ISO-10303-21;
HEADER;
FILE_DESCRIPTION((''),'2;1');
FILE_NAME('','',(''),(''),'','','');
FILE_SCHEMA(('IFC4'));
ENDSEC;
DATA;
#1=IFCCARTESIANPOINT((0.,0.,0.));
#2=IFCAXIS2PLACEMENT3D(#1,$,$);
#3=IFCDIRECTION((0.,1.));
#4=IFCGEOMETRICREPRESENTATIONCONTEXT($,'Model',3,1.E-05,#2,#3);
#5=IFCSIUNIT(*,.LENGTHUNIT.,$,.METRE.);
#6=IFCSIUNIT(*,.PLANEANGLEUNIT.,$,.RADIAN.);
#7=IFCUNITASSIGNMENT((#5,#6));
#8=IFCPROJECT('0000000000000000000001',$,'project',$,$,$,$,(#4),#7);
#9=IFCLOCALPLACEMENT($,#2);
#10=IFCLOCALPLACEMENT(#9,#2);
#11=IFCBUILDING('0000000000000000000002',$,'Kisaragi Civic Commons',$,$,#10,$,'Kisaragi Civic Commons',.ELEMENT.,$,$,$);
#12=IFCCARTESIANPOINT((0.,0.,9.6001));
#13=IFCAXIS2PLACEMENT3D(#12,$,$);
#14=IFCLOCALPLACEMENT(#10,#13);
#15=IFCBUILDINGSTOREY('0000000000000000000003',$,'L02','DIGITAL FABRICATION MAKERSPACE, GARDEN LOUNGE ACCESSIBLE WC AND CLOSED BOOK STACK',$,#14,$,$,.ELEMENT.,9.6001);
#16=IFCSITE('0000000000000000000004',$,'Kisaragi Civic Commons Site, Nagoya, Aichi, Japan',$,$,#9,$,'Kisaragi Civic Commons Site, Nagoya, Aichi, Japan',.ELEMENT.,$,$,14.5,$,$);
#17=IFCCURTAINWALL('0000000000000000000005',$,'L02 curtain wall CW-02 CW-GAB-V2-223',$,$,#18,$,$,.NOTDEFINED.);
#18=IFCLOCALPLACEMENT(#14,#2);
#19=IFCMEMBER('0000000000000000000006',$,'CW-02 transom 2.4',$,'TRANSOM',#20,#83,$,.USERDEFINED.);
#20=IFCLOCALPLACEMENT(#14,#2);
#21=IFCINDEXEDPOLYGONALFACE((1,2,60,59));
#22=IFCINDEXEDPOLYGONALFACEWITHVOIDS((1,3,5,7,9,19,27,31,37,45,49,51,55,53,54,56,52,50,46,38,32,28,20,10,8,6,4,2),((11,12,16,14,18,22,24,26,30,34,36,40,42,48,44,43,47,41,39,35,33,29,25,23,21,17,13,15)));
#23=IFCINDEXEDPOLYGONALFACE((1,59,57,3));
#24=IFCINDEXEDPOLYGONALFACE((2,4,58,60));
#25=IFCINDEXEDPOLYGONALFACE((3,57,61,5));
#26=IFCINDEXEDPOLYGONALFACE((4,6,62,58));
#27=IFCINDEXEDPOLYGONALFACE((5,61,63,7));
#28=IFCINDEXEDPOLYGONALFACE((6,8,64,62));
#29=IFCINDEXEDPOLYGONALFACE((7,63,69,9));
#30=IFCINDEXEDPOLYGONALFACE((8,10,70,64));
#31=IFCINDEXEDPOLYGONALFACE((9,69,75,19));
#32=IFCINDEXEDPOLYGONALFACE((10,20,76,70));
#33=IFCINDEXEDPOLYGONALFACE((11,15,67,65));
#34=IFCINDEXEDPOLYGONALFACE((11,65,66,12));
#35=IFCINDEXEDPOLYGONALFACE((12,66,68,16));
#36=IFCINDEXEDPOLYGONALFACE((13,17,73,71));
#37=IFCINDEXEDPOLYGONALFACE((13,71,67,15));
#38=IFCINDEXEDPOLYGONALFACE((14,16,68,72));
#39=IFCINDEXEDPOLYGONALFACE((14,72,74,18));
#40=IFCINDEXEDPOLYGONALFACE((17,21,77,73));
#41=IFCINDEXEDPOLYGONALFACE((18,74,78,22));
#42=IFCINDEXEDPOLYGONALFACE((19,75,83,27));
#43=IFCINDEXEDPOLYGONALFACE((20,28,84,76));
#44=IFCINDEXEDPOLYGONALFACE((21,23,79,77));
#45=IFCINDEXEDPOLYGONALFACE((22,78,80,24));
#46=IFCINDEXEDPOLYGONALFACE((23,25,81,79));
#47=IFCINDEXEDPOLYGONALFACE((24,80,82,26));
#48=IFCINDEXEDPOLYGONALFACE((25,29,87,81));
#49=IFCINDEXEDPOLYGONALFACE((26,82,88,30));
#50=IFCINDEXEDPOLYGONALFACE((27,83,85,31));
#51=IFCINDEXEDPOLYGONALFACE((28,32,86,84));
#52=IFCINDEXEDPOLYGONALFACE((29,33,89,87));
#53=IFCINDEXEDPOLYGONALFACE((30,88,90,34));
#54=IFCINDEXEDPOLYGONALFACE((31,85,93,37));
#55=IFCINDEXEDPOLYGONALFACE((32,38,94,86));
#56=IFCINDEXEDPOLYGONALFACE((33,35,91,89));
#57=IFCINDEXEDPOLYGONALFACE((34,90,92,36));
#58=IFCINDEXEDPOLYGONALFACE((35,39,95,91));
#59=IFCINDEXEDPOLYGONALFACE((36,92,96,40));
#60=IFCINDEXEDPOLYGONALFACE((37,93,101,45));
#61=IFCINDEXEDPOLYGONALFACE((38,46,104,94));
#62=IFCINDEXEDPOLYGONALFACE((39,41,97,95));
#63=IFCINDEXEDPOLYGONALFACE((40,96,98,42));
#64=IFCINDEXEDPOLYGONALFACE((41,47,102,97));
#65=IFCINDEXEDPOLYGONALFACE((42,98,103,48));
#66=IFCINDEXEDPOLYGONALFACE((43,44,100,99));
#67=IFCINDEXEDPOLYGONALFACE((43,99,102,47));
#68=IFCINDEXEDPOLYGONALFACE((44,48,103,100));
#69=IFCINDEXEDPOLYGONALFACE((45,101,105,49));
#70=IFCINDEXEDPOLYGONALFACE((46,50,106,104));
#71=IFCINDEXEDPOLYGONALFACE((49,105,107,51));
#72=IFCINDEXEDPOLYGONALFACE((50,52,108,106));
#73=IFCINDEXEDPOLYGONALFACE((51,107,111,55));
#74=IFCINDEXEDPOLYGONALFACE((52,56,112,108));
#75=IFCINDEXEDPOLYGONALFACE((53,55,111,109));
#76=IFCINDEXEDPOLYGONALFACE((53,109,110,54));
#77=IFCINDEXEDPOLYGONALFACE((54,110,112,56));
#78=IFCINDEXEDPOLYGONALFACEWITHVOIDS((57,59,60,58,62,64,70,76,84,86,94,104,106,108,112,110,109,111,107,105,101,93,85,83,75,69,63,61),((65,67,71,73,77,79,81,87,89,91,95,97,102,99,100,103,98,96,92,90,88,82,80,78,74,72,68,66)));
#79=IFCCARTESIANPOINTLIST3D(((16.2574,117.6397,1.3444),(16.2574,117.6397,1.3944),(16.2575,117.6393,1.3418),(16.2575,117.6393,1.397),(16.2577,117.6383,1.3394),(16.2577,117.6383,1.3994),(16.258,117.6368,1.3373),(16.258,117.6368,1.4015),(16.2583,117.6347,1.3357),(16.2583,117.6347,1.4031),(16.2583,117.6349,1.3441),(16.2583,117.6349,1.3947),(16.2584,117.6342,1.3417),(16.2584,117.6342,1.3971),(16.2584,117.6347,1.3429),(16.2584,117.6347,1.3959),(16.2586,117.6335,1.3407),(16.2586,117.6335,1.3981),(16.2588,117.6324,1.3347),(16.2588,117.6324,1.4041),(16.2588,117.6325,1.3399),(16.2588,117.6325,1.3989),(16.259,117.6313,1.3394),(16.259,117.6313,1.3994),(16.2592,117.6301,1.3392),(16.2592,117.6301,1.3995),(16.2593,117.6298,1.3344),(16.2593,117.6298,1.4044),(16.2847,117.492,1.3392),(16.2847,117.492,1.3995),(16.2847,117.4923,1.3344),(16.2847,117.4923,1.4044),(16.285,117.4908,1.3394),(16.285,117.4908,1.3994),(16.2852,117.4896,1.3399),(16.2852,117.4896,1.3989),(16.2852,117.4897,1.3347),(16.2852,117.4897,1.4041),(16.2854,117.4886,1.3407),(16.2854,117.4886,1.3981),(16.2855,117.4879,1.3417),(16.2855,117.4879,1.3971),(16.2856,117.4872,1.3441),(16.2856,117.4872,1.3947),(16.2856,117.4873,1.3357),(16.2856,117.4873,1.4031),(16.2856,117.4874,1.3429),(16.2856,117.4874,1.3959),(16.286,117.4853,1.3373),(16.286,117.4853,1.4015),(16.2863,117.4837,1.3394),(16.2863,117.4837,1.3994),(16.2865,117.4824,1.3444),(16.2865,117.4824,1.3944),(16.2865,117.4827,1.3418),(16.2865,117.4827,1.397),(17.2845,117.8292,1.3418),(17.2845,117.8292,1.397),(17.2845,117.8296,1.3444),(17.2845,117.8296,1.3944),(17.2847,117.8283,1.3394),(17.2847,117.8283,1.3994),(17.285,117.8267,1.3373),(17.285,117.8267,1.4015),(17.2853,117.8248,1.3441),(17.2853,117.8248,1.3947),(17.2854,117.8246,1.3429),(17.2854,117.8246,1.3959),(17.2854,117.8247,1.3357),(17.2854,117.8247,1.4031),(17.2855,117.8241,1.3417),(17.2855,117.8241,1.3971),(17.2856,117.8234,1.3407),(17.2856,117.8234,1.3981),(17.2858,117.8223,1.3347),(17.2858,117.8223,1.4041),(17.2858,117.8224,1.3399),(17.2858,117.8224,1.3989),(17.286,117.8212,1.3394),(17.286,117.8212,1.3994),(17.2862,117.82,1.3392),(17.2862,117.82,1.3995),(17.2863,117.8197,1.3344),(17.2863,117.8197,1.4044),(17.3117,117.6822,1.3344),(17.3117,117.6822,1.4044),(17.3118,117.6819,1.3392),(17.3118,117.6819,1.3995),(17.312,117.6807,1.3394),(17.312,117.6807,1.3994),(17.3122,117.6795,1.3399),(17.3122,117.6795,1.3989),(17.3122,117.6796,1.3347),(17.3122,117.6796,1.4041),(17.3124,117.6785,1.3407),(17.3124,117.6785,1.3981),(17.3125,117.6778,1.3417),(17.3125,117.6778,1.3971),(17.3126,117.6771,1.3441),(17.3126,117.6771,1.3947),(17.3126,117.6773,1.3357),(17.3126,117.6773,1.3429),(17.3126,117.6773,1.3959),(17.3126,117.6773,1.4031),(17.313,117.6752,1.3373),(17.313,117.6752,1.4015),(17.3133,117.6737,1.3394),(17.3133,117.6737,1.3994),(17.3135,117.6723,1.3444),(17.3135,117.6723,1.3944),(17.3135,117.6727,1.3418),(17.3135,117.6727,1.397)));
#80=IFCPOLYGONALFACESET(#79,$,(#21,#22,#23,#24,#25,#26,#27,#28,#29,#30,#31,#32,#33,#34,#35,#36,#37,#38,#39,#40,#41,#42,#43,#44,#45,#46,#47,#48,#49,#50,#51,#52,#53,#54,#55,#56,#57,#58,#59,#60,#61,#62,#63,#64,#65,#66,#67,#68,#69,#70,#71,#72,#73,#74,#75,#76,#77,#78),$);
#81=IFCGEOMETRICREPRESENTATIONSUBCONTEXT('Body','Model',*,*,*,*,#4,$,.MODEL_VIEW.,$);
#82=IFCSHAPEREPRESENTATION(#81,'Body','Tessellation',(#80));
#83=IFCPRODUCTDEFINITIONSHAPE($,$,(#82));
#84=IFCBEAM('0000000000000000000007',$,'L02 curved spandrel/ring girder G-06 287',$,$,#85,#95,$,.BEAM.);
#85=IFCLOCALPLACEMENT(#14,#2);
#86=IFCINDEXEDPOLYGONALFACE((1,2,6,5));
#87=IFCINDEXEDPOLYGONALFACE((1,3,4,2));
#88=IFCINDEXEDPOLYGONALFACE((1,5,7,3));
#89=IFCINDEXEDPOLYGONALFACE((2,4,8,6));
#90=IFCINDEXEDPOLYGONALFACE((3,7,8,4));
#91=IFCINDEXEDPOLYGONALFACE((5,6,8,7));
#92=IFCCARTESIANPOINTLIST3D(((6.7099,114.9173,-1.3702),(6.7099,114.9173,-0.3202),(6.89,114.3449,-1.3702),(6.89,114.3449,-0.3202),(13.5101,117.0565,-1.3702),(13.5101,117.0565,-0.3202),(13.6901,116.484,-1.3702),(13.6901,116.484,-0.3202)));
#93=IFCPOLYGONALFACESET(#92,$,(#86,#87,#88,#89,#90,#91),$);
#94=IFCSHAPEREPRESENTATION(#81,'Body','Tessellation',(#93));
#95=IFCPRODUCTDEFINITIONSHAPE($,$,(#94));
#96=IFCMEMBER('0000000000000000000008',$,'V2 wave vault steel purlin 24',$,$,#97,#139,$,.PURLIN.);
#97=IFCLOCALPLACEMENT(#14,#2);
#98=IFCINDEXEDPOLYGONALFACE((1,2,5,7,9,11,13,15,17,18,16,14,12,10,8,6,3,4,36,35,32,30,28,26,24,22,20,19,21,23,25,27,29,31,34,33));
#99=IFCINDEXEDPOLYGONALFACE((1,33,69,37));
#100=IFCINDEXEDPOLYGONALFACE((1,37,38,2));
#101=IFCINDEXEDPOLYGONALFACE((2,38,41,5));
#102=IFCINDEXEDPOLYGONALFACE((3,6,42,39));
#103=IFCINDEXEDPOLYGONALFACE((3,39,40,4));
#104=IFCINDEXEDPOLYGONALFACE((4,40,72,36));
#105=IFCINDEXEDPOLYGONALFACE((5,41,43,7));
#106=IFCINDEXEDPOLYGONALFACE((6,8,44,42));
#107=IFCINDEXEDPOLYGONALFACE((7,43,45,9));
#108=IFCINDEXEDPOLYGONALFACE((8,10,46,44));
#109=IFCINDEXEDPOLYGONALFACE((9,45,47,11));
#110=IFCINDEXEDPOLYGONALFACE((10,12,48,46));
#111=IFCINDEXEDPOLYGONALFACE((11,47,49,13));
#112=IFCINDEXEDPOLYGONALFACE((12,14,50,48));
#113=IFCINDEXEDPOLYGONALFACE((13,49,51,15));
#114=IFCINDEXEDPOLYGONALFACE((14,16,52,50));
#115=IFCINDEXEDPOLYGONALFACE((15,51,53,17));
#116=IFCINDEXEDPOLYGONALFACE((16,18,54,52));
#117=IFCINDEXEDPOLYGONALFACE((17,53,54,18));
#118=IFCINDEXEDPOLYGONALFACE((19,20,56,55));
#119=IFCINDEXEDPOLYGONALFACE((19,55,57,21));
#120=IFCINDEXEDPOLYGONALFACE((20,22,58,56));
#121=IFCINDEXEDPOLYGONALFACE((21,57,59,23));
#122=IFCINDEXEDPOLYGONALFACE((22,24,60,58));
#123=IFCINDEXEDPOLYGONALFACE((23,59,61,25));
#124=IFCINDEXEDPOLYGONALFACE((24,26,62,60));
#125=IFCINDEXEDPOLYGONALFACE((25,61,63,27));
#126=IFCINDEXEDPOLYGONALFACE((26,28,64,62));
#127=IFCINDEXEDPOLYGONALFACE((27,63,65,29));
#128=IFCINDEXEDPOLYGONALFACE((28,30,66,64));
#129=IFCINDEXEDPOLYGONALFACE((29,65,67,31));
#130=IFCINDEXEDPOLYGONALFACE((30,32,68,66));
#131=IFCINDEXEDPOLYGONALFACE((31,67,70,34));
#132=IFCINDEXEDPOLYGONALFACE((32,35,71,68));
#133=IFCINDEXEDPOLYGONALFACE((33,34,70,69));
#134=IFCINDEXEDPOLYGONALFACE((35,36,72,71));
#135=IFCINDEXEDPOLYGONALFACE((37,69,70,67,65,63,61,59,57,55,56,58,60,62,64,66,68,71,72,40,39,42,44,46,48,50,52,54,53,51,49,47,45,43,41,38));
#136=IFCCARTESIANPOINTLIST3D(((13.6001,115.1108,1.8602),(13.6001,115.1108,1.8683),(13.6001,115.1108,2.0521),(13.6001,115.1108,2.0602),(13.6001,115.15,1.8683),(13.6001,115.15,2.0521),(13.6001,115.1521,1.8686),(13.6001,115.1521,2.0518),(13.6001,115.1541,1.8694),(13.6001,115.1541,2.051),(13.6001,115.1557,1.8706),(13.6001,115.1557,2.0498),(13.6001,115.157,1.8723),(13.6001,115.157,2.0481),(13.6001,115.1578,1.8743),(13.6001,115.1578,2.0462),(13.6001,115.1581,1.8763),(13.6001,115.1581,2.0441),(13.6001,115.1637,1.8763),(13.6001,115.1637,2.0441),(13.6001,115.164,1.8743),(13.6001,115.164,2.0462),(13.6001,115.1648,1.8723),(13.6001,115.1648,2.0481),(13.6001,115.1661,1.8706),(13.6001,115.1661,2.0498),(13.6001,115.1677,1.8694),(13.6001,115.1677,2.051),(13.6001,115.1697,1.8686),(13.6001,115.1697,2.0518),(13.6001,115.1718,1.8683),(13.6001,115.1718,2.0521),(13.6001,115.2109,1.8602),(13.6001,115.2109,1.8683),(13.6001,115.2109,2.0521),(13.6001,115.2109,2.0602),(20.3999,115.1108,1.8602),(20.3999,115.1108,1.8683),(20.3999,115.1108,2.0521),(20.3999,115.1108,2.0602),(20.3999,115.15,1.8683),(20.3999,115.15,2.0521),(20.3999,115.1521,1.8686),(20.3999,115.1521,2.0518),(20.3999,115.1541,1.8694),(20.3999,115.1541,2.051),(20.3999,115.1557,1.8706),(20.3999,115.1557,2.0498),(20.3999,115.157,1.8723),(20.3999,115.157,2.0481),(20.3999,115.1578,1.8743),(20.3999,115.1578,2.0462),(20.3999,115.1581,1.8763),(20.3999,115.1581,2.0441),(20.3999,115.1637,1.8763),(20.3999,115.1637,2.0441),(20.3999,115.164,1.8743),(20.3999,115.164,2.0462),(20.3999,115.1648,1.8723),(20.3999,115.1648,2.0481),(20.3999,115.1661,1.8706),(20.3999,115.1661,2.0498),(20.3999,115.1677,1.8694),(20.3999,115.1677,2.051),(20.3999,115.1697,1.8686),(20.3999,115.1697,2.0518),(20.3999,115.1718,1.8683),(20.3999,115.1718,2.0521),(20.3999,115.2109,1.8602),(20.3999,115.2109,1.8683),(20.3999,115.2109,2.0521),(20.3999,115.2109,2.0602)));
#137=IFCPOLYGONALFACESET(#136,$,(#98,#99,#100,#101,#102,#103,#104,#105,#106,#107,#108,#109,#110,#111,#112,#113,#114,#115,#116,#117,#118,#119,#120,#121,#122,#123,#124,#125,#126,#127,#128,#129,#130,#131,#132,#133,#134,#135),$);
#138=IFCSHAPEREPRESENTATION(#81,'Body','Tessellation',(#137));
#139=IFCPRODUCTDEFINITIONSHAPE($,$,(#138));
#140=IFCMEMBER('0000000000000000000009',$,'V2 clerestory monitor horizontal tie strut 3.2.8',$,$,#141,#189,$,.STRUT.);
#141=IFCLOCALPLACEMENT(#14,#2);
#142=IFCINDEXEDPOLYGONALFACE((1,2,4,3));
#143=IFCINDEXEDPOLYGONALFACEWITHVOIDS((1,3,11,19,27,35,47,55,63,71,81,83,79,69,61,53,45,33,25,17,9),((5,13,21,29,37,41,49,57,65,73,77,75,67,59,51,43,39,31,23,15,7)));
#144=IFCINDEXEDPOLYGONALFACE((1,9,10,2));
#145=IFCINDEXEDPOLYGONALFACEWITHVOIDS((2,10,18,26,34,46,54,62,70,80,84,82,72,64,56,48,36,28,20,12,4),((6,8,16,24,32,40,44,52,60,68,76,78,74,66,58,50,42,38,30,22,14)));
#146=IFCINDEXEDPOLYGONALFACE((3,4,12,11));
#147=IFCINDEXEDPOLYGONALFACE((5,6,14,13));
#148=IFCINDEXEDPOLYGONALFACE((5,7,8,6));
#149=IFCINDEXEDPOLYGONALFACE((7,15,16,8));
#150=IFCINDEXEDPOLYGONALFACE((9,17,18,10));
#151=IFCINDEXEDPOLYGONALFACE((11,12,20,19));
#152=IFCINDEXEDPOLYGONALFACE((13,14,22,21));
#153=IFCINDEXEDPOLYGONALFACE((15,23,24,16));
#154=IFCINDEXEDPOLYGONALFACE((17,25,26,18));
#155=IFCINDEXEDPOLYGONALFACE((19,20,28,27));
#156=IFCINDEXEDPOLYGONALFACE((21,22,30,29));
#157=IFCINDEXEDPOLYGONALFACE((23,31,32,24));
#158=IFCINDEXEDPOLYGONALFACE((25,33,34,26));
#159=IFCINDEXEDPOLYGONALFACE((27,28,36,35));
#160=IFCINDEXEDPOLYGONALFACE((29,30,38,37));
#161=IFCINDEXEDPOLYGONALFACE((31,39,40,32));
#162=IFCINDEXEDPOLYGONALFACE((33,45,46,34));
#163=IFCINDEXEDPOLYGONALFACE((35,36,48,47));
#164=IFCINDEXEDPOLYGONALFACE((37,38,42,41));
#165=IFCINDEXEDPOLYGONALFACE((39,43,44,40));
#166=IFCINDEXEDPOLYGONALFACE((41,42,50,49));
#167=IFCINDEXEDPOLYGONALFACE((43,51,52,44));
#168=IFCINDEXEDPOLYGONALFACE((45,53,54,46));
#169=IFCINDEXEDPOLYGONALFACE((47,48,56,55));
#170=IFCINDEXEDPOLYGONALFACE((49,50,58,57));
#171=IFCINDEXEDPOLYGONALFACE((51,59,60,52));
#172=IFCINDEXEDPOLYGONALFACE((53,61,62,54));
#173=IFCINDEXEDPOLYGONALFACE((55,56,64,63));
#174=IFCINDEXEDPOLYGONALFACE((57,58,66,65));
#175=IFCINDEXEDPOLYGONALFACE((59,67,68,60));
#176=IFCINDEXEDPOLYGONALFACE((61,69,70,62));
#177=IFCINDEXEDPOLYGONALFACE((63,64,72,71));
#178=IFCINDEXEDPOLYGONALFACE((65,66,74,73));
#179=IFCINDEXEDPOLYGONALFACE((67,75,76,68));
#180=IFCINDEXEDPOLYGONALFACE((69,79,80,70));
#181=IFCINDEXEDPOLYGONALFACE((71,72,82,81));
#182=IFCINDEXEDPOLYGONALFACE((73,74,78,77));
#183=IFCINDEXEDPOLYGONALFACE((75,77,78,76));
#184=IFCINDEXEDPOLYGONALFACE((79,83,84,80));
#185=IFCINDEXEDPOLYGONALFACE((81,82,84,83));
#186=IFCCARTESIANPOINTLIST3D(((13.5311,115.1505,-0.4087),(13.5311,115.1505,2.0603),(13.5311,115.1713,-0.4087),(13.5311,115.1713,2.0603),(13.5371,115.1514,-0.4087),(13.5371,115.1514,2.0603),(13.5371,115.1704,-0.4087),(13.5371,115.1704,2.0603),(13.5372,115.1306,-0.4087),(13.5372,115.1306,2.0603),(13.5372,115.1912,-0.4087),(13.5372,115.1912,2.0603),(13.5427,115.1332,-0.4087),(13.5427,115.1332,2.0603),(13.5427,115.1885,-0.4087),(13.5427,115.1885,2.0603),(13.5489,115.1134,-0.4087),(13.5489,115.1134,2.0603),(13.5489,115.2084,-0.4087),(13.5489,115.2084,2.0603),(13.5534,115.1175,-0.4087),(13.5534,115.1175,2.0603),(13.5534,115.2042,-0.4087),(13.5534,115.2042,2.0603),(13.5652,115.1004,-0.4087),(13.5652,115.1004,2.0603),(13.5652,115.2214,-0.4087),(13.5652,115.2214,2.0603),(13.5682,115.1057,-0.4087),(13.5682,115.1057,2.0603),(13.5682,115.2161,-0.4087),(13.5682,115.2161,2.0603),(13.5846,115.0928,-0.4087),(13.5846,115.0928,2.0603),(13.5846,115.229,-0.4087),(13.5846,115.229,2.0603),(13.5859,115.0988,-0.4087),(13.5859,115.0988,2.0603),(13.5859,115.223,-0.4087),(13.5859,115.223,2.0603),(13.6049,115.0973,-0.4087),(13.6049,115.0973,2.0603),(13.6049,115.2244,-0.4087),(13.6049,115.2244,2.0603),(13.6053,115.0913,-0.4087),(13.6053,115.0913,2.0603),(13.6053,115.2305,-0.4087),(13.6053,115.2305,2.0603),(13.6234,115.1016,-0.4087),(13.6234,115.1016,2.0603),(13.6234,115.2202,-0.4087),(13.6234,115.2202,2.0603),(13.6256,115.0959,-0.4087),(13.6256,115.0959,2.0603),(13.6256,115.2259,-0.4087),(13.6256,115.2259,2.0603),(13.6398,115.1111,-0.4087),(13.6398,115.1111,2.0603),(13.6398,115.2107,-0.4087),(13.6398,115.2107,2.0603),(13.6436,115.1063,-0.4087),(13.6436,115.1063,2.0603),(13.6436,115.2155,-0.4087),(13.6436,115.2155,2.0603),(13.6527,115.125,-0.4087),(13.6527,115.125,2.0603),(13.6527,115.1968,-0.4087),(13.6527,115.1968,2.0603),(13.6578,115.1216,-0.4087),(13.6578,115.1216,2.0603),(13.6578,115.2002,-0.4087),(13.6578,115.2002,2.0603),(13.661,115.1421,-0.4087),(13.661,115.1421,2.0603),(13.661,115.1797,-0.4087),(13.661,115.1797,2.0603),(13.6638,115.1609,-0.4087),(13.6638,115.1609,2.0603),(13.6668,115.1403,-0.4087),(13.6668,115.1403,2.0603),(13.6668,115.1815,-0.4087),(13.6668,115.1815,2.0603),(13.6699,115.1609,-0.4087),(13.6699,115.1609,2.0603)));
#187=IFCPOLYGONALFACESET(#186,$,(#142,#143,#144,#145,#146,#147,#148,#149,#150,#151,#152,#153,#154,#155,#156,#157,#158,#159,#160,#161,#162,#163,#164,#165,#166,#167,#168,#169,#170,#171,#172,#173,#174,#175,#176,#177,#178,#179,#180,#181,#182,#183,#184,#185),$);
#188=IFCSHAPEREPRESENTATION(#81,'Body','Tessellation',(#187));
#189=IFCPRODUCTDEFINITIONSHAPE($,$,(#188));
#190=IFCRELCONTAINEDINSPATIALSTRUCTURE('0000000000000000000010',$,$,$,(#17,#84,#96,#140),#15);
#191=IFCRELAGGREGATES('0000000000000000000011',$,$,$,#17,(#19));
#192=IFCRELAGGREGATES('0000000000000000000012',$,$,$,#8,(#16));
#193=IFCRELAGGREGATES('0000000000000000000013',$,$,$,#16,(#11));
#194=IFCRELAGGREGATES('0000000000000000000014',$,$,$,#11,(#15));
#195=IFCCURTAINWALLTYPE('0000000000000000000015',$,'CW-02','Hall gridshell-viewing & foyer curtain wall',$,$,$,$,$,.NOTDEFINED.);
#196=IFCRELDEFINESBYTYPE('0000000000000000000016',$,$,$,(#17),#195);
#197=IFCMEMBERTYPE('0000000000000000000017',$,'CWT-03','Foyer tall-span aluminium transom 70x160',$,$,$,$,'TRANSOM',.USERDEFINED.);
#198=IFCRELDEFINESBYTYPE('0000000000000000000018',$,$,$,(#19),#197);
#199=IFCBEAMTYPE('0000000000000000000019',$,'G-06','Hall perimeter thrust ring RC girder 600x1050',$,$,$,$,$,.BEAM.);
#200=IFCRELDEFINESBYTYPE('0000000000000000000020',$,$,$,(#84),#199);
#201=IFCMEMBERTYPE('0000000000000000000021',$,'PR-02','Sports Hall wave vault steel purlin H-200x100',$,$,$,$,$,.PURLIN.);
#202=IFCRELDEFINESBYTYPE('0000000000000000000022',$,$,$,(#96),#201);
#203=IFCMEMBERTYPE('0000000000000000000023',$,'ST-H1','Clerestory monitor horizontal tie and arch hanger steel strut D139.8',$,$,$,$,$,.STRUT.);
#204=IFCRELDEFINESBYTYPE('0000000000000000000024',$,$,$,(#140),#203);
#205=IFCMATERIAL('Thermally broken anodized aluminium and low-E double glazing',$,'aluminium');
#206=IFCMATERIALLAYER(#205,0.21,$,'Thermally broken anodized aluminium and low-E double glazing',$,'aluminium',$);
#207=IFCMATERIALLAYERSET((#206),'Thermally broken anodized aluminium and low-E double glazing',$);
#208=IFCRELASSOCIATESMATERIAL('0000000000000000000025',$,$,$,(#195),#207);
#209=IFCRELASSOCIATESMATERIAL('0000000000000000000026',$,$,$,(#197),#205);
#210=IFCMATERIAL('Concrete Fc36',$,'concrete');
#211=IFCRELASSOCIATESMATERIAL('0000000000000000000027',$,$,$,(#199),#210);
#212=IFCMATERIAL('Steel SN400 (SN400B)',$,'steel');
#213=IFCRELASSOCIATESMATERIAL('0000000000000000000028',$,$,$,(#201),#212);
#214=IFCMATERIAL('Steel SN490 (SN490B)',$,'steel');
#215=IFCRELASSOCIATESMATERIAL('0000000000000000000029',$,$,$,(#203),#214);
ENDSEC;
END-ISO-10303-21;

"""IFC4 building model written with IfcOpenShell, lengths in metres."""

from ifc_helpers import new_model, si_unit, direction, frame, origin, origin_2d, place, context, subcontext, project, spatial, rectangle, hollow_rectangle, hollow_circle, i_section, extrude, material, layer, layer_set, material_profile, profile_set, type_object, element, aggregate, save


model = new_model("IFC4")

# Units and contexts
model_context = context("Model", 3, precision=1e-05, world=origin(), true_north=direction((0.0, 1.0)))
body_context = subcontext(model_context, "Body", "Model", "MODEL_VIEW")
ifc_project = project(units=[si_unit("LENGTHUNIT", "METRE"), si_unit("PLANEANGLEUNIT", "RADIAN")], contexts=[model_context])

# Site, building, storey
site_placement = place(None, origin())
site = spatial("IfcSite", under=ifc_project, at=site_placement, Name="Kisaragi Civic Commons Site, Nagoya, Aichi, Japan", LongName="Kisaragi Civic Commons Site, Nagoya, Aichi, Japan", CompositionType="ELEMENT", RefElevation=14.5)
building_placement = place(site_placement, origin())
building = spatial("IfcBuilding", under=site, at=building_placement, Name="Kisaragi Civic Commons", LongName="Kisaragi Civic Commons", CompositionType="ELEMENT")
storey_placement = place(building_placement, frame((0.0, 0.0, 9.6001)))
storey = spatial("IfcBuildingStorey", under=building, at=storey_placement, Name="L02", Description="DIGITAL FABRICATION MAKERSPACE, GARDEN LOUNGE ACCESSIBLE WC AND CLOSED BOOK STACK", CompositionType="ELEMENT", Elevation=9.6001)

# Shared definitions
ifc_material_1 = material(Name="Thermally broken anodized aluminium and low-E double glazing", Category="aluminium")

# Curtain wall
ifc_layer_1 = layer(ifc_material_1, 0.21, Name="Thermally broken anodized aluminium and low-E double glazing", Category="aluminium")
ifc_layer_set_1 = layer_set([ifc_layer_1], Name="Thermally broken anodized aluminium and low-E double glazing")
curtain_wall_type_1 = type_object("IfcCurtainWallType", Name="CW-02", Description="Hall gridshell-viewing & foyer curtain wall", PredefinedType="NOTDEFINED", material=ifc_layer_set_1)
curtain_wall_1_placement = place(storey_placement, origin())
curtain_wall_1 = element("IfcCurtainWall", 1, at=curtain_wall_1_placement, inside=storey, type_object=curtain_wall_type_1, Name="L02 curtain wall CW-02 CW-GAB-V2-223", PredefinedType="NOTDEFINED")

# Member
ifc_material_profile_1 = material_profile(ifc_material_1, hollow_rectangle(XDim=0.1599, YDim=0.0701, WallThickness=0.0049, InnerFilletRadius=0.0049, OuterFilletRadius=0.01, at=origin_2d()), Name="CWT-70x160x5", Category="aluminium")
ifc_profile_set_1 = profile_set([ifc_material_profile_1], Name="Thermally broken anodized aluminium and low-E double glazing")
member_type_1 = type_object("IfcMemberType", Name="CWT-03", Description="Foyer tall-span aluminium transom 70x160", ElementType="TRANSOM", PredefinedType="USERDEFINED", material=ifc_profile_set_1)
member_1_placement = place(storey_placement, frame((16.272, 117.561, 1.3694), z_axis=(0.983327, 0.181847, 0.0), x_axis=(-0.181847, 0.983327, 0.0)))
member_1 = element("IfcMember", 2, at=member_1_placement, type_object=member_type_1, Name="CW-02 transom 2.4", ObjectType="TRANSOM", PredefinedType="USERDEFINED", context=body_context, shape_type="SweptSolid", body=[
    extrude(hollow_rectangle(XDim=0.1599, YDim=0.0701, WallThickness=0.0049, InnerFilletRadius=0.0049, OuterFilletRadius=0.01, at=origin_2d()), origin(), (0.0, 0.0, 1.0), 1.0444),
])

# Beam
ifc_material_2 = material(Name="Concrete Fc36", Category="concrete")
ifc_material_profile_2 = material_profile(ifc_material_2, rectangle(XDim=0.6001, YDim=1.05, at=origin_2d()), Name="RC-600x1050", Category="concrete")
ifc_profile_set_2 = profile_set([ifc_material_profile_2], Name="Concrete Fc36")
beam_type = type_object("IfcBeamType", Name="G-06", Description="Hall perimeter thrust ring RC girder 600x1050", PredefinedType="BEAM", material=ifc_profile_set_2)
beam_placement = place(storey_placement, frame((13.6001, 116.7703, -0.8452), z_axis=(-0.953913, -0.300082, 0.0), x_axis=(0.300082, -0.953913, 0.0)))
element("IfcBeam", 3, at=beam_placement, inside=storey, type_object=beam_type, Name="L02 curved spandrel/ring girder G-06 287", PredefinedType="BEAM", context=body_context, shape_type="SweptSolid", body=[
    extrude(rectangle(XDim=0.6001, YDim=1.05, at=origin_2d()), origin(), (0.0, 0.0, 1.0), 7.1287),
])

# Members
ifc_material_3 = material(Name="Steel SN400 (SN400B)", Category="steel")
ifc_material_profile_3 = material_profile(ifc_material_3, i_section(OverallWidth=0.1001, OverallDepth=0.2, WebThickness=0.0056, FlangeThickness=0.0081, FilletRadius=0.0081, at=origin_2d()), Name="H-200x100x5.5x8", Category="steel")
ifc_profile_set_3 = profile_set([ifc_material_profile_3], Name="Steel SN400 (SN400B)")
member_type_2 = type_object("IfcMemberType", Name="PR-02", Description="Sports Hall wave vault steel purlin H-200x100", PredefinedType="PURLIN", material=ifc_profile_set_3)
member_2_placement = place(storey_placement, frame((13.6001, 115.1609, 1.9602), z_axis=(1.0, 0.0, 0.0), x_axis=(0.0, 1.0, 0.0)))
element("IfcMember", 4, at=member_2_placement, inside=storey, type_object=member_type_2, Name="V2 wave vault steel purlin 24", PredefinedType="PURLIN", context=body_context, shape_type="SweptSolid", body=[
    extrude(i_section(OverallWidth=0.1001, OverallDepth=0.2, WebThickness=0.0056, FlangeThickness=0.0081, FilletRadius=0.0081, at=origin_2d()), origin(), (0.0, 0.0, 1.0), 6.7998),
])
ifc_material_4 = material(Name="Steel SN490 (SN490B)", Category="steel")
ifc_material_profile_4 = material_profile(ifc_material_4, hollow_circle(Radius=0.0698, WallThickness=0.0061, at=origin_2d()), Name="CHS-139.8x6.0", Category="steel")
ifc_profile_set_4 = profile_set([ifc_material_profile_4], Name="Steel SN490 (SN490B)")
member_type_3 = type_object("IfcMemberType", Name="ST-H1", Description="Clerestory monitor horizontal tie and arch hanger steel strut D139.8", PredefinedType="STRUT", material=ifc_profile_set_4)
member_3_placement = place(storey_placement, frame((13.6001, 115.1609, -0.4087), z_axis=(0.0, 0.0, 1.0), x_axis=(1.0, 0.0, 0.0)))
element("IfcMember", 5, at=member_3_placement, inside=storey, type_object=member_type_3, Name="V2 clerestory monitor horizontal tie strut 3.2.8", PredefinedType="STRUT", context=body_context, shape_type="SweptSolid", body=[
    extrude(hollow_circle(Radius=0.0698, WallThickness=0.0061, at=origin_2d()), origin(), (0.0, 0.0, 1.0), 2.469),
])

aggregate(curtain_wall_1, [member_1])

save(model, "model.ifc")
